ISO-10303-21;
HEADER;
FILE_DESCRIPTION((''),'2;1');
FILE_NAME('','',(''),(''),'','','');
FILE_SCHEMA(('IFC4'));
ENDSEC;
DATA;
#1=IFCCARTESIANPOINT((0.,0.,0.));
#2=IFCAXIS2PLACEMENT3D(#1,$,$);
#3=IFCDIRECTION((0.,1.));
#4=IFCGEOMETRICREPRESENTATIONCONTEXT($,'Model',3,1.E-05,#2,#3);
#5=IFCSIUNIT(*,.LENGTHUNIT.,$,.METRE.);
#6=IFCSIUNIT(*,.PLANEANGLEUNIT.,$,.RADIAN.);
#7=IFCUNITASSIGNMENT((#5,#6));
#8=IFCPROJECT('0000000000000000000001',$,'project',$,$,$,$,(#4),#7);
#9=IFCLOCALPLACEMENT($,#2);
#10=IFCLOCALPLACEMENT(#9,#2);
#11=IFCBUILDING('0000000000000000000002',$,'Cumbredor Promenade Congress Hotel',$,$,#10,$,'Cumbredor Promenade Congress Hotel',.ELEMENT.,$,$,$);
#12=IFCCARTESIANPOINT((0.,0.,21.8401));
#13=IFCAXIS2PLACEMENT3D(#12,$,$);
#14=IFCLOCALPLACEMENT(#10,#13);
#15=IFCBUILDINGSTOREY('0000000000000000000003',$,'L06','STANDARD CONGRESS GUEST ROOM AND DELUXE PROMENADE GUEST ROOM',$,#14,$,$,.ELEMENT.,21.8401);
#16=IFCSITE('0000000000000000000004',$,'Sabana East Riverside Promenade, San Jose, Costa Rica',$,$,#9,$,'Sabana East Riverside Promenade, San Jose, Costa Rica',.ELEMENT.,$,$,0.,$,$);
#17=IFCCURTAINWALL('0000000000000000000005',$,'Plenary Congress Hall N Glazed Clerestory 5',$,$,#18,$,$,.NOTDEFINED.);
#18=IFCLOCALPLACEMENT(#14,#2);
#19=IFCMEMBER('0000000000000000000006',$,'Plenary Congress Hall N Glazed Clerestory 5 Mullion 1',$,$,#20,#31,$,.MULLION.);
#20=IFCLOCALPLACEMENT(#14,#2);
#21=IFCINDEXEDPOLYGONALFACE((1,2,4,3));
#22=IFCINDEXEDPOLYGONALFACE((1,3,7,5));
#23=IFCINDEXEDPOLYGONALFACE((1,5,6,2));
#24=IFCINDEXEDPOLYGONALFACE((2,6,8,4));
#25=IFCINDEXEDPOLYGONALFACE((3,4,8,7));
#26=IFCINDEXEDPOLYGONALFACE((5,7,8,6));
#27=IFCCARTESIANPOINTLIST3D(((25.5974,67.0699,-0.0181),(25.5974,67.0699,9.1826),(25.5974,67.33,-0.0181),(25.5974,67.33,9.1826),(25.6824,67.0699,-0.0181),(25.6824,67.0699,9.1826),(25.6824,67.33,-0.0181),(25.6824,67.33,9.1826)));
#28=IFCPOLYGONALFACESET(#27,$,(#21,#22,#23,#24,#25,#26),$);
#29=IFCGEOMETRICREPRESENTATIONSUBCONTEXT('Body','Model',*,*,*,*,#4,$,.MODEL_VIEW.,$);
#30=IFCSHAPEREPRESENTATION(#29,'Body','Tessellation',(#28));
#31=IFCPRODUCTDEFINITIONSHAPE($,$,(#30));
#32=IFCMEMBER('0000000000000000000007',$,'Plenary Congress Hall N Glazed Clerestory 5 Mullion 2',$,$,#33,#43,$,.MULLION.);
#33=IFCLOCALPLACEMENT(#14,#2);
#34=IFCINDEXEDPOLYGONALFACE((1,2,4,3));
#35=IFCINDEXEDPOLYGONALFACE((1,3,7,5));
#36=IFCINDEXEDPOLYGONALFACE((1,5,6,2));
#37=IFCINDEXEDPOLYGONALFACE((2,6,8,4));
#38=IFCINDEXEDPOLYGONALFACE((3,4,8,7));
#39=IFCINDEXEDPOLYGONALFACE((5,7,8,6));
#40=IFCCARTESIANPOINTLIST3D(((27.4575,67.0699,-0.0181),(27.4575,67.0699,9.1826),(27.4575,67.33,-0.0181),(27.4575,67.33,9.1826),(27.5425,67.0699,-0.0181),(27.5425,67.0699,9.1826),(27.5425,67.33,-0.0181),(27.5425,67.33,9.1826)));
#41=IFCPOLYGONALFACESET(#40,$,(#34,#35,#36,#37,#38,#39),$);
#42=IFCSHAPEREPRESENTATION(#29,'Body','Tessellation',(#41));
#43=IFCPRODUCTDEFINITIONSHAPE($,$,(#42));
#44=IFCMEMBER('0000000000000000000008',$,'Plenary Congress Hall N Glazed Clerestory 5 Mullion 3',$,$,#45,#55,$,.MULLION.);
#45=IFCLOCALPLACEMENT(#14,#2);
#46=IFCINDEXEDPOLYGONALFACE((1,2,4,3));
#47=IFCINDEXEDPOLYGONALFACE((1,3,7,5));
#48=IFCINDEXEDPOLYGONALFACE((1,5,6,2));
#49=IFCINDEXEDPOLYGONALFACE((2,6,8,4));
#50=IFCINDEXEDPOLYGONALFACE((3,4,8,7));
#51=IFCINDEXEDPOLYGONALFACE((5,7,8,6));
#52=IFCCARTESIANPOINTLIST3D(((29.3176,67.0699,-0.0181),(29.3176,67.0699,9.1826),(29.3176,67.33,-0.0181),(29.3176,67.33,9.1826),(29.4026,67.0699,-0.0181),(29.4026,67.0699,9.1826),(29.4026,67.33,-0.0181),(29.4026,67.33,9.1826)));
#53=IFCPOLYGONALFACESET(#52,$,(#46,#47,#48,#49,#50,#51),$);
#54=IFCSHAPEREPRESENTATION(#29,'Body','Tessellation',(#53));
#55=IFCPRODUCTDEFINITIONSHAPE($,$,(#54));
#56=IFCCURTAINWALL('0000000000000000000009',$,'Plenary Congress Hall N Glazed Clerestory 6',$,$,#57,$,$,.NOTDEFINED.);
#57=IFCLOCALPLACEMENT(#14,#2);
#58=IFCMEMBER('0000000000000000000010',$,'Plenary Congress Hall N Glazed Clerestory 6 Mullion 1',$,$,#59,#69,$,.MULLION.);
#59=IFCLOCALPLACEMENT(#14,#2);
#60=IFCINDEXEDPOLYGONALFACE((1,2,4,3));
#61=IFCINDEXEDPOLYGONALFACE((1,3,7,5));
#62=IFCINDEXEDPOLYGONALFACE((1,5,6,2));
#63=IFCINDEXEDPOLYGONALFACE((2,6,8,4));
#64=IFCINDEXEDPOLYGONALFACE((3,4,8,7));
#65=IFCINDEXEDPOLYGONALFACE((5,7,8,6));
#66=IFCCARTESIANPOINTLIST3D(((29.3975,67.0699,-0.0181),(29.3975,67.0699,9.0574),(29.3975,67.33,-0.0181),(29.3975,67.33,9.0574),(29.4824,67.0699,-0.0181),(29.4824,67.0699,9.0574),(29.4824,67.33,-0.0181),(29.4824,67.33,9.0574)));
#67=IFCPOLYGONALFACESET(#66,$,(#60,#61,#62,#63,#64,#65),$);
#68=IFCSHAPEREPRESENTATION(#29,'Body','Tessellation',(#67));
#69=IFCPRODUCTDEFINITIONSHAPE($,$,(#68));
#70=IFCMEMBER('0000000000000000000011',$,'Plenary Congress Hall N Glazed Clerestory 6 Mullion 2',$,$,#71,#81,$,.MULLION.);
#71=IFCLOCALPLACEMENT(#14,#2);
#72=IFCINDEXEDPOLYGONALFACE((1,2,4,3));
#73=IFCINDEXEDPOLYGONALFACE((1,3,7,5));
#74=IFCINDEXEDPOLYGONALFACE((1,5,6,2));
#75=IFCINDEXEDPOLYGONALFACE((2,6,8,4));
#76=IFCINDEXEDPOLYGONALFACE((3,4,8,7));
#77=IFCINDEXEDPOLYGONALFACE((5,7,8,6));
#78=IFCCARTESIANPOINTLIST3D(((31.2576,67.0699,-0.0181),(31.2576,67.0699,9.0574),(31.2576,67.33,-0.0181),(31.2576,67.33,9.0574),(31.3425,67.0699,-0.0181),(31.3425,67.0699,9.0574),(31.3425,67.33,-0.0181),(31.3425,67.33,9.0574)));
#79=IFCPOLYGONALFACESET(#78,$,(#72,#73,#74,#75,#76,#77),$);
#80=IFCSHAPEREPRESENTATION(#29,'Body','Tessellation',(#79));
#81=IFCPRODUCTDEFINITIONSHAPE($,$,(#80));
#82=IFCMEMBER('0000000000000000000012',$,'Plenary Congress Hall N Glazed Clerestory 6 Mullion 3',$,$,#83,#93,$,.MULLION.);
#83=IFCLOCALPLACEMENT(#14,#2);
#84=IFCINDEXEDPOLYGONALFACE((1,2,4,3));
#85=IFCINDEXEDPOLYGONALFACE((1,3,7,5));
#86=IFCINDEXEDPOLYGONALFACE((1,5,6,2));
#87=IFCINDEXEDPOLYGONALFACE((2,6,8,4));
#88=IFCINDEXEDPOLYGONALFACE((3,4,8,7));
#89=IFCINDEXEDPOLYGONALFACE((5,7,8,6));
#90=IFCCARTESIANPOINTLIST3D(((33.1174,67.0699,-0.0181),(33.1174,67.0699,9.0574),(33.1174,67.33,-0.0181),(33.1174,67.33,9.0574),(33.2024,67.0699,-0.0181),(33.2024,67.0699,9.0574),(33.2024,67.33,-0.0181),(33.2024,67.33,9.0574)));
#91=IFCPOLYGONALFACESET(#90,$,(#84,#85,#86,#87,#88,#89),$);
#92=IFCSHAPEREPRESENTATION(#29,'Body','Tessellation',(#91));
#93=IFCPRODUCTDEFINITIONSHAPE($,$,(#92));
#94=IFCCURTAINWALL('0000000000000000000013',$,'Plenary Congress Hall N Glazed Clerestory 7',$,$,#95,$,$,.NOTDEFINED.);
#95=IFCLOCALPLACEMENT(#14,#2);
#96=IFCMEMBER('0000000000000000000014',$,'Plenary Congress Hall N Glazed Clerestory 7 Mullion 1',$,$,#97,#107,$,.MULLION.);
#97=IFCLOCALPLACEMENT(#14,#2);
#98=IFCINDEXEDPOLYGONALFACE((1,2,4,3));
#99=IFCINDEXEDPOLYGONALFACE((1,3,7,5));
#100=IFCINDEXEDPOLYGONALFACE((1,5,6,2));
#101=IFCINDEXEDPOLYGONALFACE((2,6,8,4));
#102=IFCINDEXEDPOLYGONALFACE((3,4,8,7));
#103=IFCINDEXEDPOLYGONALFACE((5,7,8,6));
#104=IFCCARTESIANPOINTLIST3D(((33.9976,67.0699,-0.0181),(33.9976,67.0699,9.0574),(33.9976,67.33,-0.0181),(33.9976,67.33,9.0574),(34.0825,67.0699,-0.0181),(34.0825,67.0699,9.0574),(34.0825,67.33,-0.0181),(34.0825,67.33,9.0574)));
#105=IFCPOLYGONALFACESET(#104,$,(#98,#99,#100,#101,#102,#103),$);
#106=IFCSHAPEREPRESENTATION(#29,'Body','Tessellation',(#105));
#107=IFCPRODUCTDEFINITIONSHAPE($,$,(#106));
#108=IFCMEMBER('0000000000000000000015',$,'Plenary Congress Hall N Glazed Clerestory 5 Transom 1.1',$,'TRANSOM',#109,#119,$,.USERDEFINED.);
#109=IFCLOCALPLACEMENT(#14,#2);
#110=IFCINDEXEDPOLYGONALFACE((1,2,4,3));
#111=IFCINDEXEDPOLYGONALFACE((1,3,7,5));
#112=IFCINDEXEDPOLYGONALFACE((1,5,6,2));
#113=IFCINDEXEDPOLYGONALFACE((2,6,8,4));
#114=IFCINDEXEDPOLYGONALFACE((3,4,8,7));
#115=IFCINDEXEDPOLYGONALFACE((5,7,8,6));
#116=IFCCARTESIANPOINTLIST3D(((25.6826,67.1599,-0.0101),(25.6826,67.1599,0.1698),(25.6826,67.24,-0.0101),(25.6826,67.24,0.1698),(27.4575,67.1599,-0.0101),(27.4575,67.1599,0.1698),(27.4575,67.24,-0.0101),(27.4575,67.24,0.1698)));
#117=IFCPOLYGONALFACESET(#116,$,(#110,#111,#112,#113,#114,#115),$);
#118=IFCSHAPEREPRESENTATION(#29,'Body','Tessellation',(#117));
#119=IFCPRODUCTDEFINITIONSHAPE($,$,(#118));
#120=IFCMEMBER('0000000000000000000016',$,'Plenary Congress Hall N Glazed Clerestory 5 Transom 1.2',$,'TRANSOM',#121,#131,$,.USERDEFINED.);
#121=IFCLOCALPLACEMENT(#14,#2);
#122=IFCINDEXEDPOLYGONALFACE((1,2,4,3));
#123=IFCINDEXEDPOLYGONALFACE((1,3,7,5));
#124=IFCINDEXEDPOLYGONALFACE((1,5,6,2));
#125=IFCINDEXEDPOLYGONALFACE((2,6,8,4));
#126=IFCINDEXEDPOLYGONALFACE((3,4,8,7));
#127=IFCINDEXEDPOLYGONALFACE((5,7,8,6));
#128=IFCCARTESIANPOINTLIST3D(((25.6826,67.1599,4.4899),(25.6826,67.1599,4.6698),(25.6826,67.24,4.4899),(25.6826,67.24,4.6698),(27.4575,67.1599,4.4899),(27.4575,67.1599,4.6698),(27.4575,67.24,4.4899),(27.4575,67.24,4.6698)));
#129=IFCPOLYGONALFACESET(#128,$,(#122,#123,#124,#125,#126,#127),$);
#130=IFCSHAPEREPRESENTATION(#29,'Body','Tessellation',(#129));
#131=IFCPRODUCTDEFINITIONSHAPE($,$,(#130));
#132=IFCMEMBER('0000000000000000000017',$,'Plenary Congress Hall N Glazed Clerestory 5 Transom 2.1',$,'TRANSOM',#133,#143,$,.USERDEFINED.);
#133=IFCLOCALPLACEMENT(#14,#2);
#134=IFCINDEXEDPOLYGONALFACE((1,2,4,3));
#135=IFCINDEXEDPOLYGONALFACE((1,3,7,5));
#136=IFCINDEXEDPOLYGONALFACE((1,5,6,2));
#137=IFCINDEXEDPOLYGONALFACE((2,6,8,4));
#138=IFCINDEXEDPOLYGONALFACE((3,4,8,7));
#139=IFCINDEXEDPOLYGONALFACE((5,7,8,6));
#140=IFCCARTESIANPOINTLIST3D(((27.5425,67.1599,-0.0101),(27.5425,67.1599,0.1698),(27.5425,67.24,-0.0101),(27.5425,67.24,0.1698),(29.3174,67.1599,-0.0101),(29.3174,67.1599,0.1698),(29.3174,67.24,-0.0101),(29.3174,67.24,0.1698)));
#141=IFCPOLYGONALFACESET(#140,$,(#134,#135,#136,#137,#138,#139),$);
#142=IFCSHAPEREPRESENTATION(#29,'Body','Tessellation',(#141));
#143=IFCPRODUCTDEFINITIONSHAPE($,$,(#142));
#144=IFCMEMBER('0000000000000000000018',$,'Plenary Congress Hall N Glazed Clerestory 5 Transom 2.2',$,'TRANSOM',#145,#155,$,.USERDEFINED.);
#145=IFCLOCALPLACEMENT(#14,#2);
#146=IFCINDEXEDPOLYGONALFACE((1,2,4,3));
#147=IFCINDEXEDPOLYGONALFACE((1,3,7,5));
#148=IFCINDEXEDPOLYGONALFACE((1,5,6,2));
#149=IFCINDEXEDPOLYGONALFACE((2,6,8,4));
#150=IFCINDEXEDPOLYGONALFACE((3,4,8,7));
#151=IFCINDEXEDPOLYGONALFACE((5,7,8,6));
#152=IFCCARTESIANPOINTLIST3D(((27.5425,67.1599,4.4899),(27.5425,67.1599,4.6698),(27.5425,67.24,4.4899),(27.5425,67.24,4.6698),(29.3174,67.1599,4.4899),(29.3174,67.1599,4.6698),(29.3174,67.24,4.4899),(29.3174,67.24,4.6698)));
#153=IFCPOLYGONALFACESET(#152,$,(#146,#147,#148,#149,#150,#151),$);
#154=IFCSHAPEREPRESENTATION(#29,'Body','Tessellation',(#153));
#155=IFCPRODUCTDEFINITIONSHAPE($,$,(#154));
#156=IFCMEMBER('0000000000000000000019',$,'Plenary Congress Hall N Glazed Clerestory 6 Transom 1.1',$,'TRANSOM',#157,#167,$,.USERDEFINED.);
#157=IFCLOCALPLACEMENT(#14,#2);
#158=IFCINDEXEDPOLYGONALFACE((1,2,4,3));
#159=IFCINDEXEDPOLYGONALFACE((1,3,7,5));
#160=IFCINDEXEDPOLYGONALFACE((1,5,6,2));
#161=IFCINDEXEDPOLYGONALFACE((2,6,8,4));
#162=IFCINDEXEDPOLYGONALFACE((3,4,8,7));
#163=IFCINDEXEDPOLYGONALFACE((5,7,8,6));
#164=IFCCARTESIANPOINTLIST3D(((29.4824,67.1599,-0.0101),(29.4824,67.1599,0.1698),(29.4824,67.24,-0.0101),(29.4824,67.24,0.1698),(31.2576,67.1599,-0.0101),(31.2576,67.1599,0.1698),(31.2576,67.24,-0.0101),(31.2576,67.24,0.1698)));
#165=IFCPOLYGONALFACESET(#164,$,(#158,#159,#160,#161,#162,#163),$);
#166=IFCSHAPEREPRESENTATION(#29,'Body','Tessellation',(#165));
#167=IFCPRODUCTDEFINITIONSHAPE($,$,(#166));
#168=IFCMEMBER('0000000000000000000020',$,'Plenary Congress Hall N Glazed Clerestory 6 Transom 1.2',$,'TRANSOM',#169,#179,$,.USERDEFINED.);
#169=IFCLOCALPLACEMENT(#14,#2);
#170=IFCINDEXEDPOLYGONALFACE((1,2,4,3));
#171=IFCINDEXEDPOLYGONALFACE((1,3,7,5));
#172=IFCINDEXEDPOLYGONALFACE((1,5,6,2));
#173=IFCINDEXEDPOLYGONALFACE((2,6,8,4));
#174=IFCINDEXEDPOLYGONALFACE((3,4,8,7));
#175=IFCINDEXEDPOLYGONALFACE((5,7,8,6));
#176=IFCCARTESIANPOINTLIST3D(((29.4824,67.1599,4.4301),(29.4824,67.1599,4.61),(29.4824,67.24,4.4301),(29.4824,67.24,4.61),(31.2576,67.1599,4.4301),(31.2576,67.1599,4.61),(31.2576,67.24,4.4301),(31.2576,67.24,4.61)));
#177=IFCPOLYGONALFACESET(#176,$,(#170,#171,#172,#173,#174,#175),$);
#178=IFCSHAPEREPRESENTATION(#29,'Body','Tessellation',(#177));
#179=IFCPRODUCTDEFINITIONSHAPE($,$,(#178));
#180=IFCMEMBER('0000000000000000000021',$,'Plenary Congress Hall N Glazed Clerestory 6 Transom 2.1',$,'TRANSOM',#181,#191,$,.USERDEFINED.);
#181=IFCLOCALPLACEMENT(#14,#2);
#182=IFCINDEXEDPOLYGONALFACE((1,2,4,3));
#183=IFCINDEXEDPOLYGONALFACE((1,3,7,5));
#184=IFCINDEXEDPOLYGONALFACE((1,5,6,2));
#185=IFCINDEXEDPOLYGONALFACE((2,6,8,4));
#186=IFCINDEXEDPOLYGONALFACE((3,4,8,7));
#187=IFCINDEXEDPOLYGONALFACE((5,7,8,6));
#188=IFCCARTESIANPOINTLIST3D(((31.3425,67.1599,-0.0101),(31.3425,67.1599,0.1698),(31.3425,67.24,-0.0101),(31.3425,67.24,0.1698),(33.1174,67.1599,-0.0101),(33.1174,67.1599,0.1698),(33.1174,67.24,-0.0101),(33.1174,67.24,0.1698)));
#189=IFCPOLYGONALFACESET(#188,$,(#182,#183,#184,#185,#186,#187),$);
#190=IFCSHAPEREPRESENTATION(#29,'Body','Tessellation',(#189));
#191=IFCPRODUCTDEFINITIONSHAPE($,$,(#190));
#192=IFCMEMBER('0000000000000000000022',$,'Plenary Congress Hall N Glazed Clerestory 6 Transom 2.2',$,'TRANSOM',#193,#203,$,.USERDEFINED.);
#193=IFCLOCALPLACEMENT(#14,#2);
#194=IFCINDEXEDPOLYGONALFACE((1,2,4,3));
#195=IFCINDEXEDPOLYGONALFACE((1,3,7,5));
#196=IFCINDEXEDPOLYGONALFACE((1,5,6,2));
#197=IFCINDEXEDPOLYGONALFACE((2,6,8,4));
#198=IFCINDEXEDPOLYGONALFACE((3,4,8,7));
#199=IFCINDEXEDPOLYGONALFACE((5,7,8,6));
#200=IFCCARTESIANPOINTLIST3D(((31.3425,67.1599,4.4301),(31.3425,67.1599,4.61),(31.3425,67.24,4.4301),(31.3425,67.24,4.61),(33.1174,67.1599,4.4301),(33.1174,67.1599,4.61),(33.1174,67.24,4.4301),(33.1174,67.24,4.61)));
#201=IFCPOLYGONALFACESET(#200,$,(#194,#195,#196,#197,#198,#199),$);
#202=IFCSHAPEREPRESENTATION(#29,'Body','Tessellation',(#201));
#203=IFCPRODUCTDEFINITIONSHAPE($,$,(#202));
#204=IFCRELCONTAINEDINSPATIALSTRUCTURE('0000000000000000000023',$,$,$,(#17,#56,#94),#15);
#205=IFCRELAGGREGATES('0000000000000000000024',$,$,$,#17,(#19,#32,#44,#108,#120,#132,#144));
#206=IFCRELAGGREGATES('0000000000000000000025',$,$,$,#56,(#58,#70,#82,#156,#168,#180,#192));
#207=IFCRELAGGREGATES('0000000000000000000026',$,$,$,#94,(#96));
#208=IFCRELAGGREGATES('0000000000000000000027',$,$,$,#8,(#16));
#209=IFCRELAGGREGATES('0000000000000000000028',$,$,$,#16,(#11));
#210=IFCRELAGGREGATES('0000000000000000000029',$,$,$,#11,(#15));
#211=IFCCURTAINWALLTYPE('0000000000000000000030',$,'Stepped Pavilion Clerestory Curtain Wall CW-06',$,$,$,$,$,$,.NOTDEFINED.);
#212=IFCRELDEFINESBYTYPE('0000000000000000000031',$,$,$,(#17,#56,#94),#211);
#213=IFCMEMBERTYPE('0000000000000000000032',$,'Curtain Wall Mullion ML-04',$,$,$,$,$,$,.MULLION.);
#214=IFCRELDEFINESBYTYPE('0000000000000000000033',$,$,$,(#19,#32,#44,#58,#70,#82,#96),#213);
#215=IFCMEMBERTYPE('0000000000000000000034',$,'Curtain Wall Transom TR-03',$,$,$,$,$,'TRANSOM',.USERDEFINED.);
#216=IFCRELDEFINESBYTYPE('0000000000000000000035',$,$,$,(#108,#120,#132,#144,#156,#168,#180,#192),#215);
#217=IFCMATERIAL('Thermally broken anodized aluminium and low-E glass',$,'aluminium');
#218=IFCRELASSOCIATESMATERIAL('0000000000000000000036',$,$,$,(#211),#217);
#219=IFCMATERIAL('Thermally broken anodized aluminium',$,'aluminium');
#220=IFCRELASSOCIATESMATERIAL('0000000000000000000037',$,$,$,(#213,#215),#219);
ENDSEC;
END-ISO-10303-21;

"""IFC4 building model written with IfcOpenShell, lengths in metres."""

from ifc_helpers import new_model, si_unit, direction, frame, origin, origin_2d, place, context, subcontext, project, spatial, rectangle, extrude, material, material_profile, profile_set, type_object, element, aggregate, save


model = new_model("IFC4")

# Units and contexts
model_context = context("Model", 3, precision=1e-05, world=origin(), true_north=direction((0.0, 1.0)))
body_context = subcontext(model_context, "Body", "Model", "MODEL_VIEW")
ifc_project = project(units=[si_unit("LENGTHUNIT", "METRE"), si_unit("PLANEANGLEUNIT", "RADIAN")], contexts=[model_context])

# Site, building, storey
site_placement = place(None, origin())
site = spatial("IfcSite", under=ifc_project, at=site_placement, Name="Sabana East Riverside Promenade, San Jose, Costa Rica", LongName="Sabana East Riverside Promenade, San Jose, Costa Rica", CompositionType="ELEMENT", RefElevation=0.0)
building_placement = place(site_placement, origin())
building = spatial("IfcBuilding", under=site, at=building_placement, Name="Cumbredor Promenade Congress Hotel", LongName="Cumbredor Promenade Congress Hotel", CompositionType="ELEMENT")
storey_placement = place(building_placement, frame((0.0, 0.0, 21.8401)))
storey = spatial("IfcBuildingStorey", under=building, at=storey_placement, Name="L06", Description="STANDARD CONGRESS GUEST ROOM AND DELUXE PROMENADE GUEST ROOM", CompositionType="ELEMENT", Elevation=21.8401)

# Curtain walls, members
ifc_material_1 = material(Name="Thermally broken anodized aluminium and low-E glass", Category="aluminium")
curtain_wall_type = type_object("IfcCurtainWallType", Name="Stepped Pavilion Clerestory Curtain Wall CW-06", PredefinedType="NOTDEFINED", material=ifc_material_1)
curtain_wall_1_placement = place(storey_placement, origin())
curtain_wall_1 = element("IfcCurtainWall", 1, at=curtain_wall_1_placement, inside=storey, type_object=curtain_wall_type, Name="Plenary Congress Hall N Glazed Clerestory 5", PredefinedType="NOTDEFINED")
ifc_material_2 = material(Name="Thermally broken anodized aluminium", Category="aluminium")
ifc_material_profile_1 = material_profile(ifc_material_2, rectangle(XDim=0.085, YDim=0.26, at=origin_2d()), Name="ALU MULLION CLERESTORY 85x260")
ifc_profile_set_1 = profile_set([ifc_material_profile_1], Name="Thermally broken anodized aluminium")
member_type_1 = type_object("IfcMemberType", Name="Curtain Wall Mullion ML-04", PredefinedType="MULLION", material=ifc_profile_set_1)
member_1_placement = place(storey_placement, frame((25.6399, 67.2, -0.0181), z_axis=(0.0, 0.0, 1.0), x_axis=(1.0, 0.0, 0.0)))
member_1 = element("IfcMember", 2, at=member_1_placement, type_object=member_type_1, Name="Plenary Congress Hall N Glazed Clerestory 5 Mullion 1", PredefinedType="MULLION", context=body_context, shape_type="SweptSolid", body=[
    extrude(rectangle(XDim=0.085, YDim=0.26, at=origin_2d()), origin(), (0.0, 0.0, 1.0), 9.2007),
])
member_2_placement = place(storey_placement, frame((27.5, 67.2, -0.0181), z_axis=(0.0, 0.0, 1.0), x_axis=(1.0, 0.0, 0.0)))
member_2 = element("IfcMember", 3, at=member_2_placement, type_object=member_type_1, Name="Plenary Congress Hall N Glazed Clerestory 5 Mullion 2", PredefinedType="MULLION", context=body_context, shape_type="SweptSolid", body=[
    extrude(rectangle(XDim=0.085, YDim=0.26, at=origin_2d()), origin(), (0.0, 0.0, 1.0), 9.2007),
])
member_3_placement = place(storey_placement, frame((29.3601, 67.2, -0.0181), z_axis=(0.0, 0.0, 1.0), x_axis=(1.0, 0.0, 0.0)))
member_3 = element("IfcMember", 4, at=member_3_placement, type_object=member_type_1, Name="Plenary Congress Hall N Glazed Clerestory 5 Mullion 3", PredefinedType="MULLION", context=body_context, shape_type="SweptSolid", body=[
    extrude(rectangle(XDim=0.085, YDim=0.26, at=origin_2d()), origin(), (0.0, 0.0, 1.0), 9.2007),
])
curtain_wall_2_placement = place(storey_placement, origin())
curtain_wall_2 = element("IfcCurtainWall", 5, at=curtain_wall_2_placement, inside=storey, type_object=curtain_wall_type, Name="Plenary Congress Hall N Glazed Clerestory 6", PredefinedType="NOTDEFINED")
member_4_placement = place(storey_placement, frame((29.4399, 67.2, -0.0181), z_axis=(0.0, 0.0, 1.0), x_axis=(1.0, 0.0, 0.0)))
member_4 = element("IfcMember", 6, at=member_4_placement, type_object=member_type_1, Name="Plenary Congress Hall N Glazed Clerestory 6 Mullion 1", PredefinedType="MULLION", context=body_context, shape_type="SweptSolid", body=[
    extrude(rectangle(XDim=0.085, YDim=0.26, at=origin_2d()), origin(), (0.0, 0.0, 1.0), 9.0754),
])
member_5_placement = place(storey_placement, frame((31.3, 67.2, -0.0181), z_axis=(0.0, 0.0, 1.0), x_axis=(1.0, 0.0, 0.0)))
member_5 = element("IfcMember", 7, at=member_5_placement, type_object=member_type_1, Name="Plenary Congress Hall N Glazed Clerestory 6 Mullion 2", PredefinedType="MULLION", context=body_context, shape_type="SweptSolid", body=[
    extrude(rectangle(XDim=0.085, YDim=0.26, at=origin_2d()), origin(), (0.0, 0.0, 1.0), 9.0754),
])
member_6_placement = place(storey_placement, frame((33.1599, 67.2, -0.0181), z_axis=(0.0, 0.0, 1.0), x_axis=(1.0, 0.0, 0.0)))
member_6 = element("IfcMember", 8, at=member_6_placement, type_object=member_type_1, Name="Plenary Congress Hall N Glazed Clerestory 6 Mullion 3", PredefinedType="MULLION", context=body_context, shape_type="SweptSolid", body=[
    extrude(rectangle(XDim=0.085, YDim=0.26, at=origin_2d()), origin(), (0.0, 0.0, 1.0), 9.0754),
])

# Curtain wall, member
curtain_wall_3_placement = place(storey_placement, origin())
curtain_wall_3 = element("IfcCurtainWall", 9, at=curtain_wall_3_placement, inside=storey, type_object=curtain_wall_type, Name="Plenary Congress Hall N Glazed Clerestory 7", PredefinedType="NOTDEFINED")
member_7_placement = place(storey_placement, frame((34.04, 67.2, -0.0181), z_axis=(0.0, 0.0, 1.0), x_axis=(1.0, 0.0, 0.0)))
member_7 = element("IfcMember", 10, at=member_7_placement, type_object=member_type_1, Name="Plenary Congress Hall N Glazed Clerestory 7 Mullion 1", PredefinedType="MULLION", context=body_context, shape_type="SweptSolid", body=[
    extrude(rectangle(XDim=0.085, YDim=0.26, at=origin_2d()), origin(), (0.0, 0.0, 1.0), 9.0754),
])

# Members
ifc_material_profile_2 = material_profile(ifc_material_2, rectangle(XDim=0.0801, YDim=0.1799, at=origin_2d()), Name="ALU TRANSOM 80x180")
ifc_profile_set_2 = profile_set([ifc_material_profile_2], Name="Thermally broken anodized aluminium")
member_type_2 = type_object("IfcMemberType", Name="Curtain Wall Transom TR-03", ElementType="TRANSOM", PredefinedType="USERDEFINED", material=ifc_profile_set_2)
member_8_placement = place(storey_placement, frame((25.6826, 67.2, 0.0798), z_axis=(1.0, 0.0, 0.0), x_axis=(0.0, 1.0, 0.0)))
member_8 = element("IfcMember", 11, at=member_8_placement, type_object=member_type_2, Name="Plenary Congress Hall N Glazed Clerestory 5 Transom 1.1", ObjectType="TRANSOM", PredefinedType="USERDEFINED", context=body_context, shape_type="SweptSolid", body=[
    extrude(rectangle(XDim=0.0801, YDim=0.1799, at=origin_2d()), origin(), (0.0, 0.0, 1.0), 1.7749),
])
member_9_placement = place(storey_placement, frame((25.6826, 67.2, 4.5798), z_axis=(1.0, 0.0, 0.0), x_axis=(0.0, 1.0, 0.0)))
member_9 = element("IfcMember", 12, at=member_9_placement, type_object=member_type_2, Name="Plenary Congress Hall N Glazed Clerestory 5 Transom 1.2", ObjectType="TRANSOM", PredefinedType="USERDEFINED", context=body_context, shape_type="SweptSolid", body=[
    extrude(rectangle(XDim=0.0801, YDim=0.1799, at=origin_2d()), origin(), (0.0, 0.0, 1.0), 1.7749),
])
member_10_placement = place(storey_placement, frame((27.5425, 67.2, 0.0798), z_axis=(1.0, 0.0, 0.0), x_axis=(0.0, 1.0, 0.0)))
member_10 = element("IfcMember", 13, at=member_10_placement, type_object=member_type_2, Name="Plenary Congress Hall N Glazed Clerestory 5 Transom 2.1", ObjectType="TRANSOM", PredefinedType="USERDEFINED", context=body_context, shape_type="SweptSolid", body=[
    extrude(rectangle(XDim=0.0801, YDim=0.1799, at=origin_2d()), origin(), (0.0, 0.0, 1.0), 1.7749),
])
member_11_placement = place(storey_placement, frame((27.5425, 67.2, 4.5798), z_axis=(1.0, 0.0, 0.0), x_axis=(0.0, 1.0, 0.0)))
member_11 = element("IfcMember", 14, at=member_11_placement, type_object=member_type_2, Name="Plenary Congress Hall N Glazed Clerestory 5 Transom 2.2", ObjectType="TRANSOM", PredefinedType="USERDEFINED", context=body_context, shape_type="SweptSolid", body=[
    extrude(rectangle(XDim=0.0801, YDim=0.1799, at=origin_2d()), origin(), (0.0, 0.0, 1.0), 1.7749),
])
member_12_placement = place(storey_placement, frame((29.4824, 67.2, 0.0798), z_axis=(1.0, 0.0, 0.0), x_axis=(0.0, 1.0, 0.0)))
member_12 = element("IfcMember", 15, at=member_12_placement, type_object=member_type_2, Name="Plenary Congress Hall N Glazed Clerestory 6 Transom 1.1", ObjectType="TRANSOM", PredefinedType="USERDEFINED", context=body_context, shape_type="SweptSolid", body=[
    extrude(rectangle(XDim=0.0801, YDim=0.1799, at=origin_2d()), origin(), (0.0, 0.0, 1.0), 1.7751),
])
member_13_placement = place(storey_placement, frame((29.4824, 67.2, 4.52), z_axis=(1.0, 0.0, 0.0), x_axis=(0.0, 1.0, 0.0)))
member_13 = element("IfcMember", 16, at=member_13_placement, type_object=member_type_2, Name="Plenary Congress Hall N Glazed Clerestory 6 Transom 1.2", ObjectType="TRANSOM", PredefinedType="USERDEFINED", context=body_context, shape_type="SweptSolid", body=[
    extrude(rectangle(XDim=0.0801, YDim=0.1799, at=origin_2d()), origin(), (0.0, 0.0, 1.0), 1.7751),
])
member_14_placement = place(storey_placement, frame((31.3425, 67.2, 0.0798), z_axis=(1.0, 0.0, 0.0), x_axis=(0.0, 1.0, 0.0)))
member_14 = element("IfcMember", 17, at=member_14_placement, type_object=member_type_2, Name="Plenary Congress Hall N Glazed Clerestory 6 Transom 2.1", ObjectType="TRANSOM", PredefinedType="USERDEFINED", context=body_context, shape_type="SweptSolid", body=[
    extrude(rectangle(XDim=0.0801, YDim=0.1799, at=origin_2d()), origin(), (0.0, 0.0, 1.0), 1.7749),
])
member_15_placement = place(storey_placement, frame((31.3425, 67.2, 4.52), z_axis=(1.0, 0.0, 0.0), x_axis=(0.0, 1.0, 0.0)))
member_15 = element("IfcMember", 18, at=member_15_placement, type_object=member_type_2, Name="Plenary Congress Hall N Glazed Clerestory 6 Transom 2.2", ObjectType="TRANSOM", PredefinedType="USERDEFINED", context=body_context, shape_type="SweptSolid", body=[
    extrude(rectangle(XDim=0.0801, YDim=0.1799, at=origin_2d()), origin(), (0.0, 0.0, 1.0), 1.7749),
])

aggregate(curtain_wall_1, [member_1, member_2, member_3, member_8, member_9, member_10, member_11])
aggregate(curtain_wall_2, [member_4, member_5, member_6, member_12, member_13, member_14, member_15])
aggregate(curtain_wall_3, [member_7])

save(model, "model.ifc")
